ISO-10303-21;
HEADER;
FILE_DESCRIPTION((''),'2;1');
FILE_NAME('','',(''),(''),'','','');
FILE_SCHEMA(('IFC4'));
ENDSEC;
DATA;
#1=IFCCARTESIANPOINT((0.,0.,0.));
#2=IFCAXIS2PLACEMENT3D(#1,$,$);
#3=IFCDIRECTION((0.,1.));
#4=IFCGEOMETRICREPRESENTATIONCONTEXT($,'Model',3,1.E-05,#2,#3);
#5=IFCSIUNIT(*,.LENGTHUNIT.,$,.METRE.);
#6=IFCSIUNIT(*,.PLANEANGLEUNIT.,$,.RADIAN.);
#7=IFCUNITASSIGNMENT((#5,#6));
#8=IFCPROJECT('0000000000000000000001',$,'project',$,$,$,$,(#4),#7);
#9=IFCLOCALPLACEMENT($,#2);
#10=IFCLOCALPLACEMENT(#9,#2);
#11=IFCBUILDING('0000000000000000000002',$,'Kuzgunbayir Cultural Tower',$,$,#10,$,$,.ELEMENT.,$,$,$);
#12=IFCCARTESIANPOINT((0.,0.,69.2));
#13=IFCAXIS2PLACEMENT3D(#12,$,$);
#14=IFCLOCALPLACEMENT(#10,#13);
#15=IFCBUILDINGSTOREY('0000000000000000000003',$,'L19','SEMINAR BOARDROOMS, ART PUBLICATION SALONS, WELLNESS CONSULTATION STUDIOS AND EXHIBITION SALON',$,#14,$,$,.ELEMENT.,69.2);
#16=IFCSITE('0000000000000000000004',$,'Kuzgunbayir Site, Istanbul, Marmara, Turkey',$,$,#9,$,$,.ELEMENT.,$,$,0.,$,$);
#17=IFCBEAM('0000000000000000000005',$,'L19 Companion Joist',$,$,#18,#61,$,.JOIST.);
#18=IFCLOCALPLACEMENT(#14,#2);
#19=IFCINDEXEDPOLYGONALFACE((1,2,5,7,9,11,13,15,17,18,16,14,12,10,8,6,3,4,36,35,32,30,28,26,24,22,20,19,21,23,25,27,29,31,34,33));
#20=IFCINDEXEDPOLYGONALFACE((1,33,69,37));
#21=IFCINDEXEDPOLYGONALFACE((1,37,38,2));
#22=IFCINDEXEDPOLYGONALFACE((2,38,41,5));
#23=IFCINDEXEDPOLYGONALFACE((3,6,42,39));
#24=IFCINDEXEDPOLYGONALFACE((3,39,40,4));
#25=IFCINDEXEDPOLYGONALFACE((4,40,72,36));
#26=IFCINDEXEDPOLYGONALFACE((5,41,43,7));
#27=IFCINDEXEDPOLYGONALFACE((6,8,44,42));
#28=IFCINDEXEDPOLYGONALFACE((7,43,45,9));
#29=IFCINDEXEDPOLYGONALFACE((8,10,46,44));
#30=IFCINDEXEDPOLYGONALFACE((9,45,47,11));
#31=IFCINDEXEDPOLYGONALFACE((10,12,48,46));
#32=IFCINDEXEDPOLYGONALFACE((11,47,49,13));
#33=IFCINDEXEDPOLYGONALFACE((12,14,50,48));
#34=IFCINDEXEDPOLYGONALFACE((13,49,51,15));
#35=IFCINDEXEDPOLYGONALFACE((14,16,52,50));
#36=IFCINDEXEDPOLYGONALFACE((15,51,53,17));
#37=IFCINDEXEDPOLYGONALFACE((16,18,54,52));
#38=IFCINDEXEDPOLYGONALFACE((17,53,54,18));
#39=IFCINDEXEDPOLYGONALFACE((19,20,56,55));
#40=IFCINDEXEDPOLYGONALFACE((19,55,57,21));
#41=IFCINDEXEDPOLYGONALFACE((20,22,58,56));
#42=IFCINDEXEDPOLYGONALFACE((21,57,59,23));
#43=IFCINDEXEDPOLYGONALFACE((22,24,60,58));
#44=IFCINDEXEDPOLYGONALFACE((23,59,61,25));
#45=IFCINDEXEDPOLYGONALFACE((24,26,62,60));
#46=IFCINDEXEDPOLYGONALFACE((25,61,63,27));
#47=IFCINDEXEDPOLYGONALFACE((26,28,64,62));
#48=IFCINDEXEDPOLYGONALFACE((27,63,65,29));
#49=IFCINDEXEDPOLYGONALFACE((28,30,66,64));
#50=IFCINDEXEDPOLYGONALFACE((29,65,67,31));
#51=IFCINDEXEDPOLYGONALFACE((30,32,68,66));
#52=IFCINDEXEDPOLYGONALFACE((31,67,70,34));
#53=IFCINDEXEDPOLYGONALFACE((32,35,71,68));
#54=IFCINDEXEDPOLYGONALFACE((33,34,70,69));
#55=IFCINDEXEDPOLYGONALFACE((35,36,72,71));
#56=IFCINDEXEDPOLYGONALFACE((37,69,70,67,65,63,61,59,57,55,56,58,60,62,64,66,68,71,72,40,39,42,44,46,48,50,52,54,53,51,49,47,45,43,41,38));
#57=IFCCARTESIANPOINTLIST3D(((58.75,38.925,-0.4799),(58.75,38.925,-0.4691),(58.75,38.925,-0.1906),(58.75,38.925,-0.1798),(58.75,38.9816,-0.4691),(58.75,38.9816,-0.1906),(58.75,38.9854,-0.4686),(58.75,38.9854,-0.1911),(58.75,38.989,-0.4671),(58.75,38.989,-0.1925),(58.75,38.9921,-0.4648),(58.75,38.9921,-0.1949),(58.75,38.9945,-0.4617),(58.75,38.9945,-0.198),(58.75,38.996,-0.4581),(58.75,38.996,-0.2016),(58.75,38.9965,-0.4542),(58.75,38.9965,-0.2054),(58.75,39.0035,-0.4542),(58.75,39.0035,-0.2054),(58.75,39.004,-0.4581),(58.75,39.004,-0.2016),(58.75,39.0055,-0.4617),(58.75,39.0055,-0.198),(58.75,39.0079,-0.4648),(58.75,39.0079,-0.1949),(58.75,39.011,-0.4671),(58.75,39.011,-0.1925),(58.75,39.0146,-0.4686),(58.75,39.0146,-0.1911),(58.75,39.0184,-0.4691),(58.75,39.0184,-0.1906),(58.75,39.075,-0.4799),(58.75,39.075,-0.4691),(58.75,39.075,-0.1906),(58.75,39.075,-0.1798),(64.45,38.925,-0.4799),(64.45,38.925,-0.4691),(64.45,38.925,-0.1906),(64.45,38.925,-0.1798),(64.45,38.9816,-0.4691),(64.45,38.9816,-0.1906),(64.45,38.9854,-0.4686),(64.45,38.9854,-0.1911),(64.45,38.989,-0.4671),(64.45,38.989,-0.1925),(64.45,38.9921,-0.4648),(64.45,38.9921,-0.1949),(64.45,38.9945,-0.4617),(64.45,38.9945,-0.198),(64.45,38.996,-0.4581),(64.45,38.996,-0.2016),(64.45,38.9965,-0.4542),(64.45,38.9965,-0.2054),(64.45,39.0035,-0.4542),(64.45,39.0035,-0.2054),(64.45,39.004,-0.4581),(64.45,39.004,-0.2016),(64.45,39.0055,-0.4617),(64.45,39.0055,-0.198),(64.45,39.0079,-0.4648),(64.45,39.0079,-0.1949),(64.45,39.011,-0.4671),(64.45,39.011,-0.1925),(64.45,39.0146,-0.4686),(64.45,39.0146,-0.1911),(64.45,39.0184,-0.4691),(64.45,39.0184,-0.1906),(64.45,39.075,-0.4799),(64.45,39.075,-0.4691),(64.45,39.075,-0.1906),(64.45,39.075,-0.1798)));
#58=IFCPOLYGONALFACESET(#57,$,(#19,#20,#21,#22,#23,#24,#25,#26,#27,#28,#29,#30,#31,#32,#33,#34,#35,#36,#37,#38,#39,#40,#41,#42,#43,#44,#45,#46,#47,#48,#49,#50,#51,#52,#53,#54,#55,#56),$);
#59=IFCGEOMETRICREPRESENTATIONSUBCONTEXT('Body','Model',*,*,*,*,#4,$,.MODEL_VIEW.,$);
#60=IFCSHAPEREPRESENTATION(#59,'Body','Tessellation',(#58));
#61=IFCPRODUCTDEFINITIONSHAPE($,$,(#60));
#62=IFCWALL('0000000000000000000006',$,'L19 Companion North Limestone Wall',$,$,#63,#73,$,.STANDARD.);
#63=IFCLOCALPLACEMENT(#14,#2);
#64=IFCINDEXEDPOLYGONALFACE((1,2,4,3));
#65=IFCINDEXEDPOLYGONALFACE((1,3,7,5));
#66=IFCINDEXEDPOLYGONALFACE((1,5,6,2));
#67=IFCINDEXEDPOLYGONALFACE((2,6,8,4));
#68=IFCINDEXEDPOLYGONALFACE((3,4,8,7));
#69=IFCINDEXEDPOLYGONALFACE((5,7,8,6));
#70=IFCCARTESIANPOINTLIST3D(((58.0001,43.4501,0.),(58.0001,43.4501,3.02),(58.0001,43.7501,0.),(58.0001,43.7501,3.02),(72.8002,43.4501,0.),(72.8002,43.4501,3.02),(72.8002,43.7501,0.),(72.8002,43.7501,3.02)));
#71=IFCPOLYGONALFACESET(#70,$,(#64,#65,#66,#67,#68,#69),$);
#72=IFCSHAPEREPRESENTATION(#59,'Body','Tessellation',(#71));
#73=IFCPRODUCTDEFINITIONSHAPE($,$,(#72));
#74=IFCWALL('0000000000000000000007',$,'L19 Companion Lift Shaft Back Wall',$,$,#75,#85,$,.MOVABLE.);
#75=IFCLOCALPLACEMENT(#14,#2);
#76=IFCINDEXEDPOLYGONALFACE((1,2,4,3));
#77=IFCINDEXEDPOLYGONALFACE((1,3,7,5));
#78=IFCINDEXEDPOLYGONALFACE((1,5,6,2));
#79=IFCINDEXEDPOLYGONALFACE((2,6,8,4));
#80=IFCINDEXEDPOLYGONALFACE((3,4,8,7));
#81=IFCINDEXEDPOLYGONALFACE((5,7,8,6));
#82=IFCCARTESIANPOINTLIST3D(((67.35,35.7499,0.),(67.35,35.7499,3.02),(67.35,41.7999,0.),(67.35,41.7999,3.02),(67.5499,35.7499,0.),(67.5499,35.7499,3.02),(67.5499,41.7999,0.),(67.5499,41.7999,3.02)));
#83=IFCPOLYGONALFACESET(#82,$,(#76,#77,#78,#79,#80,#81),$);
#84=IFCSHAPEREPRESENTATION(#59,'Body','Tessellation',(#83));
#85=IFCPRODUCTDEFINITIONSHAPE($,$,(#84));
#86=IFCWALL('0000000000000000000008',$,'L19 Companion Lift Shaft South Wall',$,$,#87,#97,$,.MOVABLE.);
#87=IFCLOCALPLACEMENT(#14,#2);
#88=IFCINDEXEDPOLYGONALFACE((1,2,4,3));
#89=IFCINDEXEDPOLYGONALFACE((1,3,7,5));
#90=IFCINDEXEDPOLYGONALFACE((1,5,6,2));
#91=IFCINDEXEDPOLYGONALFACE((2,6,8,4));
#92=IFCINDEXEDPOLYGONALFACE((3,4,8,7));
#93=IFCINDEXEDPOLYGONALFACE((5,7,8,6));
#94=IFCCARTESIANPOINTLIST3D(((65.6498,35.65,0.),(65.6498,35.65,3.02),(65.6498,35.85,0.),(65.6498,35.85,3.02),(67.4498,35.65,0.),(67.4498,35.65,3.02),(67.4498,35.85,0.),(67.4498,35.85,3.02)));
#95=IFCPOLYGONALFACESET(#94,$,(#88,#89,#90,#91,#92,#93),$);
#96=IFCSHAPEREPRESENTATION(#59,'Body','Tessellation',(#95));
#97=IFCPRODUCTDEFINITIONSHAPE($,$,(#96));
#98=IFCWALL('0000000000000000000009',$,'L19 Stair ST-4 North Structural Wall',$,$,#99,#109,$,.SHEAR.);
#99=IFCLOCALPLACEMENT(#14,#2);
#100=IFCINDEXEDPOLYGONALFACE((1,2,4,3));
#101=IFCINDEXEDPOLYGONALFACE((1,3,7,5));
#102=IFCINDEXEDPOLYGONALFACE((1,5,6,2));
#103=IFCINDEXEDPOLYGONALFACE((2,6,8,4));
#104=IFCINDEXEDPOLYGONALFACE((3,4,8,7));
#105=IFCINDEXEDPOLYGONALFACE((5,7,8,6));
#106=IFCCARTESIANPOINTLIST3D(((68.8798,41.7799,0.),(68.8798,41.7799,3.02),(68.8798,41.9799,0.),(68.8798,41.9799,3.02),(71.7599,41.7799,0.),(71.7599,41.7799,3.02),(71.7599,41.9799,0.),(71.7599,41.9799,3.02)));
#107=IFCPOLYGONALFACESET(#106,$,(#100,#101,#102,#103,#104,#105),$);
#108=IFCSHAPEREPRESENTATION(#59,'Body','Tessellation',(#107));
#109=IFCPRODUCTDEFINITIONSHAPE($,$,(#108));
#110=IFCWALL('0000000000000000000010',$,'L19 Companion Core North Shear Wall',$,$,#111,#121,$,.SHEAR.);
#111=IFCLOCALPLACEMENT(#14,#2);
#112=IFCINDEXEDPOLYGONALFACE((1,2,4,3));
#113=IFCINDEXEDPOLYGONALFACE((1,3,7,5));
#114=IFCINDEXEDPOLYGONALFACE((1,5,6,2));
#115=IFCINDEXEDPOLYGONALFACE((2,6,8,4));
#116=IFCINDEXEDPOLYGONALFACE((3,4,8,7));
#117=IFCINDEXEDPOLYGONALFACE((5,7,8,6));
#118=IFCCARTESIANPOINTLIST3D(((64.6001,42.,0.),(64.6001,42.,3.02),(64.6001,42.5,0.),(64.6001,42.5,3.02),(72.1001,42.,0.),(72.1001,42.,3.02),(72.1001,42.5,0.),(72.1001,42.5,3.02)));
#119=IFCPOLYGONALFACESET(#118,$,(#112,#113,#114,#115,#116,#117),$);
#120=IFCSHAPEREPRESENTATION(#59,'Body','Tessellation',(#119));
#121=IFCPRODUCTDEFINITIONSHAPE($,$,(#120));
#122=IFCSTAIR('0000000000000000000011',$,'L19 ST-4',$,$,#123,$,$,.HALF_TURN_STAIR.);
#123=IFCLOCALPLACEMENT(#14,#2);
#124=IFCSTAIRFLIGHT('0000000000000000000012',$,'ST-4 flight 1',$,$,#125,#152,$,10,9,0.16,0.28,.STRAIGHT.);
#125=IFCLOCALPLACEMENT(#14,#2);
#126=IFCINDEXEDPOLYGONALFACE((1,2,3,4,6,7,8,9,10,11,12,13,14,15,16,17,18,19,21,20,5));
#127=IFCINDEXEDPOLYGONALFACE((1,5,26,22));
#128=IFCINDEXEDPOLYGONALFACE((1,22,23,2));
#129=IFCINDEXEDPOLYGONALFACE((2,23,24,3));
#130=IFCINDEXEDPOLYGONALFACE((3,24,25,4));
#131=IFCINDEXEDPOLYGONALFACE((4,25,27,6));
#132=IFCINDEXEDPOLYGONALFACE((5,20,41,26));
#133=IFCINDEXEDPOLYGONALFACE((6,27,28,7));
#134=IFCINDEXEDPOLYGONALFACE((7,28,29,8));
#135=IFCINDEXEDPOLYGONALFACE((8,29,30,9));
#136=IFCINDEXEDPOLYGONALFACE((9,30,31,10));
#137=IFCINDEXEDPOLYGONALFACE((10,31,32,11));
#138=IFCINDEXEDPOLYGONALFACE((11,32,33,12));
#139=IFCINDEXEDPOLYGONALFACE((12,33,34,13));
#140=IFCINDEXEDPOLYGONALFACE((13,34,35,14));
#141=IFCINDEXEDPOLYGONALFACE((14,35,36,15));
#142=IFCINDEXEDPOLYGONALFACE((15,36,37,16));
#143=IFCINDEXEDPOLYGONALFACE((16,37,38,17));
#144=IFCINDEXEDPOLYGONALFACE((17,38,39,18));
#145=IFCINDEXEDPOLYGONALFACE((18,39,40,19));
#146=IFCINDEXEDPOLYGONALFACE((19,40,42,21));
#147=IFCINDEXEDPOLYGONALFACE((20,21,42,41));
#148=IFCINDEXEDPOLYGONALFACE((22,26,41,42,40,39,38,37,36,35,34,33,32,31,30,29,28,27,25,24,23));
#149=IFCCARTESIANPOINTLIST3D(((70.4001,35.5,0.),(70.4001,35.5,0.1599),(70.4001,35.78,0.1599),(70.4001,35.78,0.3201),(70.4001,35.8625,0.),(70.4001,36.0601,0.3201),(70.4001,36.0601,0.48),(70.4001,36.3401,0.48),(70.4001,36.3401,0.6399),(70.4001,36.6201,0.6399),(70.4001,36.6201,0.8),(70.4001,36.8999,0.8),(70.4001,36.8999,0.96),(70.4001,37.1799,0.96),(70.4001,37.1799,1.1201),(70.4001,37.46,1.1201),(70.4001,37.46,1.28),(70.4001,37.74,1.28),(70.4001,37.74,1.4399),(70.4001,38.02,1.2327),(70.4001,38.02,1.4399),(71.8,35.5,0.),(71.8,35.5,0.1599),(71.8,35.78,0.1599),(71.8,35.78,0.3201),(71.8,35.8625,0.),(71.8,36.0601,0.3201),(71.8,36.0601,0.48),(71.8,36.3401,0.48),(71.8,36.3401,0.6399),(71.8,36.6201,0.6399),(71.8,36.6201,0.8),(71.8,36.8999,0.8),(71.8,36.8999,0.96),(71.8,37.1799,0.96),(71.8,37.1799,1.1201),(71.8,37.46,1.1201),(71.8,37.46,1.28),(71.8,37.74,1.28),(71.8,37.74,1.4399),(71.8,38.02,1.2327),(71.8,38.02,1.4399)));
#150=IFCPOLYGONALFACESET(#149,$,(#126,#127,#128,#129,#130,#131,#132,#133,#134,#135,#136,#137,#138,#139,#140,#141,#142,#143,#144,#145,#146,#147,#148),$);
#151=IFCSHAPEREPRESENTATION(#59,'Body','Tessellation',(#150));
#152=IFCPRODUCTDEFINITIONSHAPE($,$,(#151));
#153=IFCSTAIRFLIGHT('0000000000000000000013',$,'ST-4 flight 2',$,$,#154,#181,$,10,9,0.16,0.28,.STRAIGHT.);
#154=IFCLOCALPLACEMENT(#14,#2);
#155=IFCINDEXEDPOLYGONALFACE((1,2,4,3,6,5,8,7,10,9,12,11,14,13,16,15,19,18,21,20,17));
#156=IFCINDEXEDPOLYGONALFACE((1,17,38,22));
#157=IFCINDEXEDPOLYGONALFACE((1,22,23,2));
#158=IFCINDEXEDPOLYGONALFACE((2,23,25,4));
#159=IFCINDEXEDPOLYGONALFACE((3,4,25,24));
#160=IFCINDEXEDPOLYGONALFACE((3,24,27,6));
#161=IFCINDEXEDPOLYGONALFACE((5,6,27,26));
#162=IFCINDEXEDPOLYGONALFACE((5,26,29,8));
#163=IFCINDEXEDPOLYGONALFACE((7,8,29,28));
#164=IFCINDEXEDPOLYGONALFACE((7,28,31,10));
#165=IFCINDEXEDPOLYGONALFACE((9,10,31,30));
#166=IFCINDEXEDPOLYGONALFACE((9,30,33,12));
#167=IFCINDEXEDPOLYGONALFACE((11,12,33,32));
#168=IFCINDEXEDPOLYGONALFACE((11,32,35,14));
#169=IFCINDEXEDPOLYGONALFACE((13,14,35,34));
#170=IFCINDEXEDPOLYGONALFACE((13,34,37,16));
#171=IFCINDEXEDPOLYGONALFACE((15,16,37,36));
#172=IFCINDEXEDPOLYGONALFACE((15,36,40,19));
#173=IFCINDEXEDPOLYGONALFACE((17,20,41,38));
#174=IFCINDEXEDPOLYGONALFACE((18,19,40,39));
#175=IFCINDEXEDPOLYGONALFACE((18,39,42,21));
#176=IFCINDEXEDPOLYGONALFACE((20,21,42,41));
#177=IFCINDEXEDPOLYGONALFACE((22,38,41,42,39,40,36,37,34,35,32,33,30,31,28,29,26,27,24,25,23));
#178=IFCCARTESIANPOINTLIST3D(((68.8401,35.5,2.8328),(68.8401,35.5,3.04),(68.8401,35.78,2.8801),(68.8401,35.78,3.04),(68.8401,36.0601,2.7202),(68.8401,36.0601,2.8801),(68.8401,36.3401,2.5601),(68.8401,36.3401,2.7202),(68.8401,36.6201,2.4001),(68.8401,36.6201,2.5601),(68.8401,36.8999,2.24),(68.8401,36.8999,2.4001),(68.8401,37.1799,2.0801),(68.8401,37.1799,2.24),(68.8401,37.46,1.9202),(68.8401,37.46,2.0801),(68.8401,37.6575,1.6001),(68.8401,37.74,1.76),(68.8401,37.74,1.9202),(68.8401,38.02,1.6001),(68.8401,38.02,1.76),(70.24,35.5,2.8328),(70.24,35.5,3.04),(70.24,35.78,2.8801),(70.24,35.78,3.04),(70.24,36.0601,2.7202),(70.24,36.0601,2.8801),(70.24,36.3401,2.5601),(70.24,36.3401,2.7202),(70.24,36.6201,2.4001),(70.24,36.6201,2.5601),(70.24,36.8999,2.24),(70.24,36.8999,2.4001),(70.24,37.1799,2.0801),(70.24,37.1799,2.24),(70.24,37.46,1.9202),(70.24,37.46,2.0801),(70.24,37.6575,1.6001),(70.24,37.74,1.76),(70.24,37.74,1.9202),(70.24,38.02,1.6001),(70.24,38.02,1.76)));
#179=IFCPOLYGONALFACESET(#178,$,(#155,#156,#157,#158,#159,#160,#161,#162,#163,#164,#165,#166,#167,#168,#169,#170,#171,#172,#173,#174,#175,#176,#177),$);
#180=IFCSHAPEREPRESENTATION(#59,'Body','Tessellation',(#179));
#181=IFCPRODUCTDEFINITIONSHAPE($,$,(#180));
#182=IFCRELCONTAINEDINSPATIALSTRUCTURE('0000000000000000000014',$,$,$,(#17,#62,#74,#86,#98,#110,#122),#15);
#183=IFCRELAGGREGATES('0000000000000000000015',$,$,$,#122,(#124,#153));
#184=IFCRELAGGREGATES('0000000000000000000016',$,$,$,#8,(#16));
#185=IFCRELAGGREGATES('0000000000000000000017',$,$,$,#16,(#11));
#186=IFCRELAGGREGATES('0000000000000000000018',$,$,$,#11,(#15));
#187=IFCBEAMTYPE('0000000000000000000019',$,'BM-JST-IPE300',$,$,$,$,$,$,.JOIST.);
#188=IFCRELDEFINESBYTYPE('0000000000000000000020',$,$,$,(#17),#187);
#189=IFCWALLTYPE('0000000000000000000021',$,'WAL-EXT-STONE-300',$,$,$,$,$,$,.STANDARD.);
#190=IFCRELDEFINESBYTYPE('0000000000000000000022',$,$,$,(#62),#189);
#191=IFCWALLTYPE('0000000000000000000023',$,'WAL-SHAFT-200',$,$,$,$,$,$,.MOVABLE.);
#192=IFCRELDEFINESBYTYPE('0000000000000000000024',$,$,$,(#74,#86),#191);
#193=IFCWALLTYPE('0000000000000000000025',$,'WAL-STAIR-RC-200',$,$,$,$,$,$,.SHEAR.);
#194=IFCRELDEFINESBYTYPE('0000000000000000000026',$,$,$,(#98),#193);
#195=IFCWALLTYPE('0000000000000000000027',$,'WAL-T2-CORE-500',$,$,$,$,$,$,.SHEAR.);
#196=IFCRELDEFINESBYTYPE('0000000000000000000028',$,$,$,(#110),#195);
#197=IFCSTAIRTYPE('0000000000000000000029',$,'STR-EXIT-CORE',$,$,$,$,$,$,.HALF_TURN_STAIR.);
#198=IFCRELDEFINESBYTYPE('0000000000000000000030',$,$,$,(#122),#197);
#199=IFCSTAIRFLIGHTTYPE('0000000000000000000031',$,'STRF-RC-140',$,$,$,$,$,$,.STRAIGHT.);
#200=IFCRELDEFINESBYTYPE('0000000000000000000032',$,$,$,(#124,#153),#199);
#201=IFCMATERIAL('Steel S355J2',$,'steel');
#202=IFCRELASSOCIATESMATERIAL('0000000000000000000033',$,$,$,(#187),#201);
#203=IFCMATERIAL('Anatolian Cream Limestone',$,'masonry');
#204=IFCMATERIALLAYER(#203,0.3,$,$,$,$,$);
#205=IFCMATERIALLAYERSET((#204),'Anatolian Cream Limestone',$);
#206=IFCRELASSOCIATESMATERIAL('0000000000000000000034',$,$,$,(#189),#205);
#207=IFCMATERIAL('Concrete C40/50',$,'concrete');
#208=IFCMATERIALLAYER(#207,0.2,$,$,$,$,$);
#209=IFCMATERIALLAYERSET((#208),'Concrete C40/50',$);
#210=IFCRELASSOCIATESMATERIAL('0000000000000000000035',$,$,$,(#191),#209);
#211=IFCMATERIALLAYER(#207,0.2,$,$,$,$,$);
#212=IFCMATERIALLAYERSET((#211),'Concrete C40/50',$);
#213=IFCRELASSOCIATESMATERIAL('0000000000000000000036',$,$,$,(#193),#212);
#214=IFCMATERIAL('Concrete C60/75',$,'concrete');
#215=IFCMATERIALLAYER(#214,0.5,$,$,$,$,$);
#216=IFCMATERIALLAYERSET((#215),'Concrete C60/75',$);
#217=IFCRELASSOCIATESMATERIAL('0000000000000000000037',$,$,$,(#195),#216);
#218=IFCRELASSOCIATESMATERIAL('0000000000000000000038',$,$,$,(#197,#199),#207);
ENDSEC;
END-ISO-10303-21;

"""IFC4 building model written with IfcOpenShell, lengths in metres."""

from ifc_helpers import new_model, si_unit, direction, frame, frame_2d, origin, origin_2d, place, context, subcontext, project, spatial, polyline, rectangle, i_section, outline, extrude, material, layer, layer_set, material_profile, profile_set, type_object, element, aggregate, save


model = new_model("IFC4")

# Units and contexts
model_context = context("Model", 3, precision=1e-05, world=origin(), true_north=direction((0.0, 1.0)))
body_context = subcontext(model_context, "Body", "Model", "MODEL_VIEW")
ifc_project = project(units=[si_unit("LENGTHUNIT", "METRE"), si_unit("PLANEANGLEUNIT", "RADIAN")], contexts=[model_context])

# Site, building, storey
site_placement = place(None, origin())
site = spatial("IfcSite", under=ifc_project, at=site_placement, Name="Kuzgunbayir Site, Istanbul, Marmara, Turkey", CompositionType="ELEMENT", RefElevation=0.0)
building_placement = place(site_placement, origin())
building = spatial("IfcBuilding", under=site, at=building_placement, Name="Kuzgunbayir Cultural Tower", CompositionType="ELEMENT")
storey_placement = place(building_placement, frame((0.0, 0.0, 69.2)))
storey = spatial("IfcBuildingStorey", under=building, at=storey_placement, Name="L19", Description="SEMINAR BOARDROOMS, ART PUBLICATION SALONS, WELLNESS CONSULTATION STUDIOS AND EXHIBITION SALON", CompositionType="ELEMENT", Elevation=69.2)

# Shared definitions
ifc_material_1 = material(Name="Concrete C60/75", Category="concrete")

# Beam
ifc_material_2 = material(Name="Steel S355J2", Category="steel")
ifc_material_profile_1 = material_profile(ifc_material_2, i_section(OverallWidth=0.1499, OverallDepth=0.3, WebThickness=0.0071, FlangeThickness=0.0107, FilletRadius=0.0149, at=origin_2d()), Name="IPE 300")
ifc_profile_set_1 = profile_set([ifc_material_profile_1], Name="Steel S355J2")
beam_type_1 = type_object("IfcBeamType", Name="BM-JST-IPE300", PredefinedType="JOIST", material=ifc_profile_set_1)
beam_1_placement = place(storey_placement, frame((58.75, 39.0, -0.3298), z_axis=(1.0, 0.0, 0.0), x_axis=(0.0, 1.0, 0.0)))
element("IfcBeam", 1, at=beam_1_placement, inside=storey, type_object=beam_type_1, Name="L19 Companion Joist", PredefinedType="JOIST", context=body_context, shape_type="SweptSolid", body=[
    extrude(i_section(OverallWidth=0.1499, OverallDepth=0.3, WebThickness=0.0071, FlangeThickness=0.0107, FilletRadius=0.0149, at=origin_2d()), origin(), (0.0, 0.0, 1.0), 5.7),
])

# Wall
ifc_material_3 = material(Name="Anatolian Cream Limestone", Category="masonry")
ifc_layer_1 = layer(ifc_material_3, 0.3)
ifc_layer_set_1 = layer_set([ifc_layer_1], Name="Anatolian Cream Limestone")
wall_type_1 = type_object("IfcWallType", Name="WAL-EXT-STONE-300", PredefinedType="STANDARD", material=ifc_layer_set_1)
wall_1_placement = place(storey_placement, frame((72.8, 43.6001, 0.0), z_axis=(0.0, 0.0, 1.0), x_axis=(-1.0, 0.0, 0.0)))
element("IfcWall", 2, at=wall_1_placement, inside=storey, type_object=wall_type_1, Name="L19 Companion North Limestone Wall", PredefinedType="STANDARD", context=body_context, shape_type="SweptSolid", body=[
    extrude(rectangle(XDim=14.8, YDim=0.3, at=frame_2d((7.3999, 0.0))), origin(), (0.0, 0.0, 1.0), 3.02),
])

# Shared definitions
ifc_material_4 = material(Name="Concrete C40/50", Category="concrete")
ifc_layer_2 = layer(ifc_material_4, 0.2)
ifc_layer_set_2 = layer_set([ifc_layer_2], Name="Concrete C40/50")
wall_type_2 = type_object("IfcWallType", Name="WAL-SHAFT-200", PredefinedType="MOVABLE", material=ifc_layer_set_2)

# Walls
wall_2_placement = place(storey_placement, frame((67.45, 35.75, 0.0), z_axis=(0.0, 0.0, 1.0), x_axis=(0.0, 1.0, 0.0)))
element("IfcWall", 3, at=wall_2_placement, inside=storey, type_object=wall_type_2, Name="L19 Companion Lift Shaft Back Wall", PredefinedType="MOVABLE", context=body_context, shape_type="SweptSolid", body=[
    extrude(rectangle(XDim=6.05, YDim=0.2, at=frame_2d((3.0249, 0.0))), origin(), (0.0, 0.0, 1.0), 3.02),
])
wall_3_placement = place(storey_placement, frame((65.6499, 35.75, 0.0), z_axis=(0.0, 0.0, 1.0), x_axis=(1.0, 0.0, 0.0)))
element("IfcWall", 4, at=wall_3_placement, inside=storey, type_object=wall_type_2, Name="L19 Companion Lift Shaft South Wall", PredefinedType="MOVABLE", context=body_context, shape_type="SweptSolid", body=[
    extrude(rectangle(XDim=1.8, YDim=0.2, at=frame_2d((0.8999, 0.0))), origin(), (0.0, 0.0, 1.0), 3.02),
])
ifc_layer_3 = layer(ifc_material_4, 0.2)
ifc_layer_set_3 = layer_set([ifc_layer_3], Name="Concrete C40/50")
wall_type_3 = type_object("IfcWallType", Name="WAL-STAIR-RC-200", PredefinedType="SHEAR", material=ifc_layer_set_3)
wall_4_placement = place(storey_placement, frame((68.8799, 41.8799, 0.0), z_axis=(0.0, 0.0, 1.0), x_axis=(1.0, 0.0, 0.0)))
element("IfcWall", 5, at=wall_4_placement, inside=storey, type_object=wall_type_3, Name="L19 Stair ST-4 North Structural Wall", PredefinedType="SHEAR", context=body_context, shape_type="SweptSolid", body=[
    extrude(rectangle(XDim=2.8801, YDim=0.2, at=frame_2d((1.4399, 0.0))), origin(), (0.0, 0.0, 1.0), 3.02),
])
ifc_layer_4 = layer(ifc_material_1, 0.5)
ifc_layer_set_4 = layer_set([ifc_layer_4], Name="Concrete C60/75")
wall_type_4 = type_object("IfcWallType", Name="WAL-T2-CORE-500", PredefinedType="SHEAR", material=ifc_layer_set_4)
wall_5_placement = place(storey_placement, frame((64.6001, 42.25, 0.0), z_axis=(0.0, 0.0, 1.0), x_axis=(1.0, 0.0, 0.0)))
element("IfcWall", 6, at=wall_5_placement, inside=storey, type_object=wall_type_4, Name="L19 Companion Core North Shear Wall", PredefinedType="SHEAR", context=body_context, shape_type="SweptSolid", body=[
    extrude(rectangle(XDim=7.5, YDim=0.5, at=frame_2d((3.75, 0.0))), origin(), (0.0, 0.0, 1.0), 3.02),
])

# Stair, stair flights
stair_type = type_object("IfcStairType", Name="STR-EXIT-CORE", PredefinedType="HALF_TURN_STAIR", material=ifc_material_4)
stair_placement = place(storey_placement, origin())
stair = element("IfcStair", 7, at=stair_placement, inside=storey, type_object=stair_type, Name="L19 ST-4", PredefinedType="HALF_TURN_STAIR")
stair_flight_type = type_object("IfcStairFlightType", Name="STRF-RC-140", PredefinedType="STRAIGHT", material=ifc_material_4)
stair_flight_1_placement = place(storey_placement, frame((71.1001, 35.5, 0.0), z_axis=(0.0, 0.0, 1.0), x_axis=(0.0, 1.0, 0.0)))
stair_flight_1 = element("IfcStairFlight", 8, at=stair_flight_1_placement, type_object=stair_flight_type, Name="ST-4 flight 1", NumberOfRisers=10, NumberOfTreads=9, PredefinedType="STRAIGHT", RiserHeight=0.16, TreadLength=0.28, context=body_context, shape_type="SweptSolid", body=[
    extrude(outline(polyline([(0.0, 0.0), (0.0, 0.1599), (0.28, 0.1599), (0.28, 0.3201), (0.5601, 0.3201), (0.5601, 0.48), (0.8401, 0.48), (0.8401, 0.6399), (1.1201, 0.6399), (1.1201, 0.8), (1.3999, 0.8), (1.3999, 0.96), (1.6799, 0.96), (1.6799, 1.1201), (1.96, 1.1201), (1.96, 1.28), (2.24, 1.28), (2.24, 1.4399), (2.52, 1.4399), (2.52, 1.6001), (2.52, 1.2327), (0.3625, 0.0), (0.0, 0.0)])), frame((0.0, 0.7, 0.0), z_axis=(0.0, -1.0, 0.0), x_axis=(1.0, 0.0, 0.0)), (0.0, 0.0, 1.0), 1.3999),
])
stair_flight_2_placement = place(storey_placement, frame((69.54, 38.02, 1.6001), z_axis=(0.0, 0.0, 1.0), x_axis=(0.0, -1.0, 0.0)))
stair_flight_2 = element("IfcStairFlight", 9, at=stair_flight_2_placement, type_object=stair_flight_type, Name="ST-4 flight 2", NumberOfRisers=10, NumberOfTreads=9, PredefinedType="STRAIGHT", RiserHeight=0.16, TreadLength=0.28, context=body_context, shape_type="SweptSolid", body=[
    extrude(outline(polyline([(0.0, 0.0), (0.0, 0.1599), (0.28, 0.1599), (0.28, 0.3201), (0.5601, 0.3201), (0.5601, 0.48), (0.8401, 0.48), (0.8401, 0.6399), (1.1201, 0.6399), (1.1201, 0.8), (1.3999, 0.8), (1.3999, 0.96), (1.6799, 0.96), (1.6799, 1.1201), (1.96, 1.1201), (1.96, 1.28), (2.24, 1.28), (2.24, 1.4399), (2.52, 1.4399), (2.52, 1.6001), (2.52, 1.2327), (0.3625, 0.0), (0.0, 0.0)])), frame((0.0, 0.7, 0.0), z_axis=(0.0, -1.0, 0.0), x_axis=(1.0, 0.0, 0.0)), (0.0, 0.0, 1.0), 1.3999),
])
aggregate(stair, [stair_flight_1, stair_flight_2])

save(model, "model.ifc")
